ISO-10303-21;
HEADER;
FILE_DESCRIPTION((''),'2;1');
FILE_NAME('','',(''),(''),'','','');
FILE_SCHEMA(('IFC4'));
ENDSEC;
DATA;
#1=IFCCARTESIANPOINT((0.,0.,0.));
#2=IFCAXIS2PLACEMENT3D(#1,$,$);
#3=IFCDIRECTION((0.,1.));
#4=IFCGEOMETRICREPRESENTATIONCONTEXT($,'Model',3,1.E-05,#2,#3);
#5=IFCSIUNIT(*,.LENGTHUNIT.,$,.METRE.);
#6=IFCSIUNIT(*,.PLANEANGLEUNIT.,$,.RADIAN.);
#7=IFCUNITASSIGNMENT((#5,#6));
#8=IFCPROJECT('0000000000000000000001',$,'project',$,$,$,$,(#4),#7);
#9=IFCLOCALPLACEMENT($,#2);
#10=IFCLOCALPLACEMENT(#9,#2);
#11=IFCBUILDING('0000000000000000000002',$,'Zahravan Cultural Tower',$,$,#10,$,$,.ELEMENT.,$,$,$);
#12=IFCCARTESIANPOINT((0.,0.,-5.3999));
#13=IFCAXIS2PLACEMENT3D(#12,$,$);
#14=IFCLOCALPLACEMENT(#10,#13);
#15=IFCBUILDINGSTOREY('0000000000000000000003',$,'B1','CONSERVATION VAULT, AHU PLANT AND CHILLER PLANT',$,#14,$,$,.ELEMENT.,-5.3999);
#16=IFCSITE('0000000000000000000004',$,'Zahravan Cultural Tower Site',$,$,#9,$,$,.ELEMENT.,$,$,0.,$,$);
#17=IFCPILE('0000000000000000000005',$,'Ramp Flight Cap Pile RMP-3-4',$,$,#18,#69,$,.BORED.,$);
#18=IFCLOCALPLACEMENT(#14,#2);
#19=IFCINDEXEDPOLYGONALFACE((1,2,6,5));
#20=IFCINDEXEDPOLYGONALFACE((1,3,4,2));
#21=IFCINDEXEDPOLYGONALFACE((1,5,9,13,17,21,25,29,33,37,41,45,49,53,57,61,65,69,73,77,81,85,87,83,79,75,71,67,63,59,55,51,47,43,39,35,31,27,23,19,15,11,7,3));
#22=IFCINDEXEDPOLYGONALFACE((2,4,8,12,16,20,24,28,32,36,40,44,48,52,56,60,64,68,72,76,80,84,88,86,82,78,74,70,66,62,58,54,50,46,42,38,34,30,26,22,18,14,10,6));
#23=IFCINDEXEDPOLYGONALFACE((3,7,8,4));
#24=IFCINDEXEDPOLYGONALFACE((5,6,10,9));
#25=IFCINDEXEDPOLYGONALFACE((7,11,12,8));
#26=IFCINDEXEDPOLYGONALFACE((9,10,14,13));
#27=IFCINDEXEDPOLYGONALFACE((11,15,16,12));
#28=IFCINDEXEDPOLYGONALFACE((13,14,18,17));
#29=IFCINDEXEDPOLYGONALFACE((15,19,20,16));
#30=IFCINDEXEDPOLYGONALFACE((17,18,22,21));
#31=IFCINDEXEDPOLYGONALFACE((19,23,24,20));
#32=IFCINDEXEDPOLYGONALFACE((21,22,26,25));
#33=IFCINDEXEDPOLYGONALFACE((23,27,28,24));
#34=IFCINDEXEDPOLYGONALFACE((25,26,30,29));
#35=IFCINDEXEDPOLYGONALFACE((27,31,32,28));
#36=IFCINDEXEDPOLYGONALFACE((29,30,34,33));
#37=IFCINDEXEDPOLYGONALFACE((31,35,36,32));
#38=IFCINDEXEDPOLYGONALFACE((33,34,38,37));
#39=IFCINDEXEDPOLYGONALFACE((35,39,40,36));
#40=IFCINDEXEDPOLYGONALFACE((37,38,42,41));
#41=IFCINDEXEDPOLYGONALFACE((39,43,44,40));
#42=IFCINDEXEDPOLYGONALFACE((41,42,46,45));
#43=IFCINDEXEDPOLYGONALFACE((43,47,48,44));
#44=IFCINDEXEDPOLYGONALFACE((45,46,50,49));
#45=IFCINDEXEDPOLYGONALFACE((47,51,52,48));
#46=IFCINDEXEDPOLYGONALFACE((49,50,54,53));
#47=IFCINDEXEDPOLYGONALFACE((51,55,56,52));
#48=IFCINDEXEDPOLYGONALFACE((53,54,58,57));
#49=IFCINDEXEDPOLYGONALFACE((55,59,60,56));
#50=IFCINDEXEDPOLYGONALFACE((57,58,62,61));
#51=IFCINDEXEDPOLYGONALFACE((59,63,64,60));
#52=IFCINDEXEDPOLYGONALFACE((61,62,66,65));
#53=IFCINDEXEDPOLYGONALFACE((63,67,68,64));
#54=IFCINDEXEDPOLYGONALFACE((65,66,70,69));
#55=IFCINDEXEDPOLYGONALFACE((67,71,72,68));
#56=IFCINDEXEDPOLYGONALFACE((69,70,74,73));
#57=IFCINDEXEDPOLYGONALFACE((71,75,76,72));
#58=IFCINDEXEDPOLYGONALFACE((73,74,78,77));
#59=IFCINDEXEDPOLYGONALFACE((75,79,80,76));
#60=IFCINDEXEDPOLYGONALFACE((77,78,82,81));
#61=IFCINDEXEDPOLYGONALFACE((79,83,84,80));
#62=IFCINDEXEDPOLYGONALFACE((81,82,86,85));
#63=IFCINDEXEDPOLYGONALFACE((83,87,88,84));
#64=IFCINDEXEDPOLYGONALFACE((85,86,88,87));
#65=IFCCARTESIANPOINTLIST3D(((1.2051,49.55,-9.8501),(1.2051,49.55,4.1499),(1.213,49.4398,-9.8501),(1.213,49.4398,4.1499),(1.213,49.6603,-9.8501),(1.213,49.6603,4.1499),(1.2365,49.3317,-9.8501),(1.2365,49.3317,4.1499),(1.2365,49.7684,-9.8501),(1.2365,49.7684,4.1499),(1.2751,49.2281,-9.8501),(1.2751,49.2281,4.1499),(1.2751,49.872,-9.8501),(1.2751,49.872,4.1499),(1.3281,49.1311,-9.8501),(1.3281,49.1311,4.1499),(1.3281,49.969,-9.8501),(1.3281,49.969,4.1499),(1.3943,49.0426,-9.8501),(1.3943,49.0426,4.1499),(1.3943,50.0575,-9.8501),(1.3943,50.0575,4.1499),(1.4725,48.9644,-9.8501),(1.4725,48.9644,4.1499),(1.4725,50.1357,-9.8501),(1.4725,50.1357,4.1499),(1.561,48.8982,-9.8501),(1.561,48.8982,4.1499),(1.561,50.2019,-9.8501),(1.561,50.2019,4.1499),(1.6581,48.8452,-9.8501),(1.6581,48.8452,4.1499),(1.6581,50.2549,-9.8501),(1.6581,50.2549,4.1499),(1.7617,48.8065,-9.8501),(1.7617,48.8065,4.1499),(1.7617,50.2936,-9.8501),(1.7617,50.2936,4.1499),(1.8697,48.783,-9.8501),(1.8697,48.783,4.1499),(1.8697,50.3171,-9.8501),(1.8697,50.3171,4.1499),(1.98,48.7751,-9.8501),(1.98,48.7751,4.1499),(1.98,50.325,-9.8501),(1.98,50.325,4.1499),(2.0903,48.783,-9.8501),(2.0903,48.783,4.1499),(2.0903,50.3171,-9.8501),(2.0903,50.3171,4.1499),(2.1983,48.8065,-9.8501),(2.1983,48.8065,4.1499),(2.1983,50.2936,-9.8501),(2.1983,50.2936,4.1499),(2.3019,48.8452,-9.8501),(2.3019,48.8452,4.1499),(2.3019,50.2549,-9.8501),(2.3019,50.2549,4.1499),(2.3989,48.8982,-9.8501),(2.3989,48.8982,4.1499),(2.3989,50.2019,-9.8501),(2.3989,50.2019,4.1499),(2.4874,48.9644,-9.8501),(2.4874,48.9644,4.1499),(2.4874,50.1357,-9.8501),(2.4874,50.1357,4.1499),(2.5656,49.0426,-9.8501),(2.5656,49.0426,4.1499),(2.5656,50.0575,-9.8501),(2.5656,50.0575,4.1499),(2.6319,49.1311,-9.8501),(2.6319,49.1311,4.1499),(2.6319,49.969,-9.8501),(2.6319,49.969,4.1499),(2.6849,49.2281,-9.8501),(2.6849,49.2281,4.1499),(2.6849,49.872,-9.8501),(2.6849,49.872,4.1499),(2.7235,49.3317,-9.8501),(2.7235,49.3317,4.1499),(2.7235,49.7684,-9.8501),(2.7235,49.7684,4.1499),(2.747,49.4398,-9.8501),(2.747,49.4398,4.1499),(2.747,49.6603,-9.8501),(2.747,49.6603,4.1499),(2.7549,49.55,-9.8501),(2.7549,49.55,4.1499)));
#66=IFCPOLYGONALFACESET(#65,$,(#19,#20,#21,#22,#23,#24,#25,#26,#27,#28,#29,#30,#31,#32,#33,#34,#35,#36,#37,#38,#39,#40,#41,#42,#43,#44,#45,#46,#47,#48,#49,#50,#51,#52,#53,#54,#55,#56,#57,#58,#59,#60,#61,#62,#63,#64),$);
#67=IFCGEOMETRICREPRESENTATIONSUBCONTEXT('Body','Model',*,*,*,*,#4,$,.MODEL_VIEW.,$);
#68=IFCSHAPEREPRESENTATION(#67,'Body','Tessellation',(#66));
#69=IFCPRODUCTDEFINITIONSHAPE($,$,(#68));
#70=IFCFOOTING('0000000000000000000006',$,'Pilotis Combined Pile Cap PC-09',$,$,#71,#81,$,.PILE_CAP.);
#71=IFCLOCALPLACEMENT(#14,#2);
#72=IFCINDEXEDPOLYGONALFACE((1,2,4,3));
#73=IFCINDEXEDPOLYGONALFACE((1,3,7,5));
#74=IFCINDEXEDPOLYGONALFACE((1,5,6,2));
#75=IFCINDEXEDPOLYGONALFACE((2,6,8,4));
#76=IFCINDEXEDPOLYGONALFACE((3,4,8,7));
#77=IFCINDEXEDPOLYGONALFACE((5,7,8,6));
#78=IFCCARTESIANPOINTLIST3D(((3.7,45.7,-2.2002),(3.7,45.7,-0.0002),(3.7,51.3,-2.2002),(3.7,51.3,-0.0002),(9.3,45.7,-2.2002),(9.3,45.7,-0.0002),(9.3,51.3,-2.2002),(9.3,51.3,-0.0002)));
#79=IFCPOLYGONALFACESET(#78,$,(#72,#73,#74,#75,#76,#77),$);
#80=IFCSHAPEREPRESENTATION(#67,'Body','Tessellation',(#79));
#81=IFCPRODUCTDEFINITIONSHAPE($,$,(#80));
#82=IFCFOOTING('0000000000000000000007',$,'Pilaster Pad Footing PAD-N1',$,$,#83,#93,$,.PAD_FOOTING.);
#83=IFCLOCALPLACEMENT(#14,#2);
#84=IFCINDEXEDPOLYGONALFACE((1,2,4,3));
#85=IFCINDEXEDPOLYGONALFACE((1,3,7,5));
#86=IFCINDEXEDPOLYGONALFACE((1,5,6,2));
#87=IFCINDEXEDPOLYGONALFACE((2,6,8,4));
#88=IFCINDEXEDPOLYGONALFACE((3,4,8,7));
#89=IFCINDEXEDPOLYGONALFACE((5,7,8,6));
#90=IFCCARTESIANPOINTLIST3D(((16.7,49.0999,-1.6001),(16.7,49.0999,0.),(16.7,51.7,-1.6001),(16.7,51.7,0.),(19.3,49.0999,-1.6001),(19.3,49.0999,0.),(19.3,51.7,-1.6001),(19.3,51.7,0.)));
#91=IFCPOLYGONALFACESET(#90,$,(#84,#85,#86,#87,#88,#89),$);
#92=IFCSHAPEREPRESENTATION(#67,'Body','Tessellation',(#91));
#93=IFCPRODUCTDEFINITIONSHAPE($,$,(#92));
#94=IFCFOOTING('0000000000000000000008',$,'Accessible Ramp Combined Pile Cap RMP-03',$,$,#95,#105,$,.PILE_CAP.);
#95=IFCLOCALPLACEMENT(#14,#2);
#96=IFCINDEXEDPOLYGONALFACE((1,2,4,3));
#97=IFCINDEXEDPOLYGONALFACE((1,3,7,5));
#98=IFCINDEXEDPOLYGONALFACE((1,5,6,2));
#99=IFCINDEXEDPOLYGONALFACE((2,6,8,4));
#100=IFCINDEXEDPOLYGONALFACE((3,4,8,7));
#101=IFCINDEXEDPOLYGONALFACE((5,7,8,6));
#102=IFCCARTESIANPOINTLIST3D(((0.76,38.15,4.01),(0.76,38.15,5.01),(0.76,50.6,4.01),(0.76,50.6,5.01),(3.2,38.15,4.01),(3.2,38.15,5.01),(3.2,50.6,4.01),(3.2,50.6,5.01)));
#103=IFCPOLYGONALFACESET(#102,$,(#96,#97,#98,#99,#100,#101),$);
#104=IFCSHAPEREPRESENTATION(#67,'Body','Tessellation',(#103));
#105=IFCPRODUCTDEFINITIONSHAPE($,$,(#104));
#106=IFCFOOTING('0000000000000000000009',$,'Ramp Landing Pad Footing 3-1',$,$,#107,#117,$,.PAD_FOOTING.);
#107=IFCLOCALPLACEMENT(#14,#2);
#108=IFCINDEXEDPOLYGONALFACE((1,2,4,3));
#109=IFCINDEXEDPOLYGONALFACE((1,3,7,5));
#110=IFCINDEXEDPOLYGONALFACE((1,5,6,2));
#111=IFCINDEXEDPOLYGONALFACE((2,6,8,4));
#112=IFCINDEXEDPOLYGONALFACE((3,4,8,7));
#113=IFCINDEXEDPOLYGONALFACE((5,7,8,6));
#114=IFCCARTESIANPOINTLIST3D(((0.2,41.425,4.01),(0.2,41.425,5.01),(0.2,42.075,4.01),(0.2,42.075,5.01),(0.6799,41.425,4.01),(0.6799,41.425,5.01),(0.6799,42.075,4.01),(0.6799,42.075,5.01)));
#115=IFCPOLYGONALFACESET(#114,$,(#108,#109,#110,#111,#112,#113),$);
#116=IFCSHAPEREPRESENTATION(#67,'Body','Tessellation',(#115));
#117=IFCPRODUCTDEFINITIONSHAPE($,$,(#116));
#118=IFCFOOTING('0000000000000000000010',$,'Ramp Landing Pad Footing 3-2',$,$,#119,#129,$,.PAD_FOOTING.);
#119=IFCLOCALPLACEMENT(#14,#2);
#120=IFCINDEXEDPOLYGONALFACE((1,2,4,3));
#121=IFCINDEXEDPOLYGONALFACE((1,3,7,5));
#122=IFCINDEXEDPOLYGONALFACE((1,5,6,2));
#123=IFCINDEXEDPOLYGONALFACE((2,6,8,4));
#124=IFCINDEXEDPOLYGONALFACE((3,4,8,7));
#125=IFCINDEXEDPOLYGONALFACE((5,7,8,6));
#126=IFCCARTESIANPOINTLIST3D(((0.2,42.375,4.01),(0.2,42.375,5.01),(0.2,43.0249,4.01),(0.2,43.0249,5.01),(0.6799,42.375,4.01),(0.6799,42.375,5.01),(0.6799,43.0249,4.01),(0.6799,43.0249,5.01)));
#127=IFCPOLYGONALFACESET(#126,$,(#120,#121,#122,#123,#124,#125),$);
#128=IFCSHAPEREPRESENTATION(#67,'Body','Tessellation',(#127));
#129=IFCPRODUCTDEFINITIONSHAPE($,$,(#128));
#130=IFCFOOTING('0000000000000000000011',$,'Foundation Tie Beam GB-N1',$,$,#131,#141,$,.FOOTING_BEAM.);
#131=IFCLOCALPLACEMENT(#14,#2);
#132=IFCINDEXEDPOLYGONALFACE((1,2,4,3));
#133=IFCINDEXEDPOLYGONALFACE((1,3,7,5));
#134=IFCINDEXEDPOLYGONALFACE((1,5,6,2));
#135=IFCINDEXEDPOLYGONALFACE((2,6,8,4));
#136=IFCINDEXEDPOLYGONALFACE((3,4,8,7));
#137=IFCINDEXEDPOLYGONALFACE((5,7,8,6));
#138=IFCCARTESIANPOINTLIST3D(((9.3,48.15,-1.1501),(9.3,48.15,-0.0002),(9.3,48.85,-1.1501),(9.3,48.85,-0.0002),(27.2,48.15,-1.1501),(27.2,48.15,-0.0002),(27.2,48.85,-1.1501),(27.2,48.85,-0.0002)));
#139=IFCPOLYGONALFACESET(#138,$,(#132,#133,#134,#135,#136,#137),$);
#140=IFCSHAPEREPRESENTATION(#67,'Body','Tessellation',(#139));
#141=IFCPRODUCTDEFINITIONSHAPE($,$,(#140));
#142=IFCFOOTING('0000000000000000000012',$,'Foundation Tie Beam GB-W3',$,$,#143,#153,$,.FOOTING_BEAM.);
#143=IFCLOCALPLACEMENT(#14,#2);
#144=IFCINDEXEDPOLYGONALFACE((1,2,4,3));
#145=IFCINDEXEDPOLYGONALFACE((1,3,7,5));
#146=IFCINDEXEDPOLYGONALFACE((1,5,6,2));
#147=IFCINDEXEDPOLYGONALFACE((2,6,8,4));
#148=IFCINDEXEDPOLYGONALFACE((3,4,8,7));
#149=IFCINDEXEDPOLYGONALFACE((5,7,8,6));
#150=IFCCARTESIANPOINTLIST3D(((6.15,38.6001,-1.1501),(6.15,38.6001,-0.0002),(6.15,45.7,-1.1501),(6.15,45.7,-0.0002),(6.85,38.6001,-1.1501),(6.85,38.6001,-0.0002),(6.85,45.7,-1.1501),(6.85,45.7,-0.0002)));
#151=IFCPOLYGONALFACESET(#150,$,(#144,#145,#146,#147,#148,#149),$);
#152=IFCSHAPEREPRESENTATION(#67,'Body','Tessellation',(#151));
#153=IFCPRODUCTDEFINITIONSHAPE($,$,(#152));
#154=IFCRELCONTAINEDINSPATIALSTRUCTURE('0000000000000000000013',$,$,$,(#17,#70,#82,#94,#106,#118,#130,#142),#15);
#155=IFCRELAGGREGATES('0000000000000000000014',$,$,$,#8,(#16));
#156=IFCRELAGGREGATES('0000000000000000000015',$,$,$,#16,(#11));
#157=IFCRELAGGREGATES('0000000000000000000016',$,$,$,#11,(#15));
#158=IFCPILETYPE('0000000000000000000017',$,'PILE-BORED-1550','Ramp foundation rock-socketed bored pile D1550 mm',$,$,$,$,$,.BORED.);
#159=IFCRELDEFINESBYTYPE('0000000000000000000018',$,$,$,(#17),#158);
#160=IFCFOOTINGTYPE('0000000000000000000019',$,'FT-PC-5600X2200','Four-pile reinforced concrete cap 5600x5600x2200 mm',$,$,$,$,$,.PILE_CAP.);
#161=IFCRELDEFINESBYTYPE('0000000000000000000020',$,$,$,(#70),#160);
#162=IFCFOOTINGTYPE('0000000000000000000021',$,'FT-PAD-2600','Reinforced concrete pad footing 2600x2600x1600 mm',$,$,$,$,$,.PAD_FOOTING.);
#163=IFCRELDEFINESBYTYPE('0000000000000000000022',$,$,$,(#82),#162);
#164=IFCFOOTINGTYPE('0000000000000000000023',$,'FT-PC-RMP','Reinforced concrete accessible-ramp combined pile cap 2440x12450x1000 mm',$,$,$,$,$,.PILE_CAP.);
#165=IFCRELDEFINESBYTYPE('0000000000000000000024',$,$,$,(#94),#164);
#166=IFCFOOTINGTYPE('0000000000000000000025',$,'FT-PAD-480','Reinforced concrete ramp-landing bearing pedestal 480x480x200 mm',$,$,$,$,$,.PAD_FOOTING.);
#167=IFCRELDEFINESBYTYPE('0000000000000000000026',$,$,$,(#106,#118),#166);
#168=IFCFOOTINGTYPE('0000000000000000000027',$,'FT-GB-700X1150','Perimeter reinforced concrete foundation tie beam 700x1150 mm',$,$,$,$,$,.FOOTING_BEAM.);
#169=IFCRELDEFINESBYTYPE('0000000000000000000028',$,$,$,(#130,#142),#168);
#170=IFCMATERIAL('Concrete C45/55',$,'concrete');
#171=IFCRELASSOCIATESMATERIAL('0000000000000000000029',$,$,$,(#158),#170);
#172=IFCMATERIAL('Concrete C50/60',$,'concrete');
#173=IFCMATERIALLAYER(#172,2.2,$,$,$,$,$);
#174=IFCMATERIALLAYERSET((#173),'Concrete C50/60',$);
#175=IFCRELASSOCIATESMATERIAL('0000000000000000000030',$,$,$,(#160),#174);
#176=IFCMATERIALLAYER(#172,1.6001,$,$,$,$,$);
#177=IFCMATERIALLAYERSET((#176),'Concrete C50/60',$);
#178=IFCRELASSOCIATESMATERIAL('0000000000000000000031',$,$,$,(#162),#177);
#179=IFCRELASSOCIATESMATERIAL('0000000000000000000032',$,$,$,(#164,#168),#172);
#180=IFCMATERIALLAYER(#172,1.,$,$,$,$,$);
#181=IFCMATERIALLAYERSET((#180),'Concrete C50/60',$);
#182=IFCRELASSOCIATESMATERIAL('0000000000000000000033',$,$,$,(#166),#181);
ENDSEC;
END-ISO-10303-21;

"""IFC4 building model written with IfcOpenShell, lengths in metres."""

from ifc_helpers import new_model, si_unit, direction, frame, origin, origin_2d, place, context, subcontext, project, spatial, rectangle, circle, extrude, source, transform, mapped, material, layer, layer_set, material_profile, profile_set, type_object, element, save


model = new_model("IFC4")

# Units and contexts
model_context = context("Model", 3, precision=1e-05, world=origin(), true_north=direction((0.0, 1.0)))
body_context = subcontext(model_context, "Body", "Model", "MODEL_VIEW")
ifc_project = project(units=[si_unit("LENGTHUNIT", "METRE"), si_unit("PLANEANGLEUNIT", "RADIAN")], contexts=[model_context])

# Site, building, storey
site_placement = place(None, origin())
site = spatial("IfcSite", under=ifc_project, at=site_placement, Name="Zahravan Cultural Tower Site", CompositionType="ELEMENT", RefElevation=0.0)
building_placement = place(site_placement, origin())
building = spatial("IfcBuilding", under=site, at=building_placement, Name="Zahravan Cultural Tower", CompositionType="ELEMENT")
storey_placement = place(building_placement, frame((0.0, 0.0, -5.3999)))
storey = spatial("IfcBuildingStorey", under=building, at=storey_placement, Name="B1", Description="CONSERVATION VAULT, AHU PLANT AND CHILLER PLANT", CompositionType="ELEMENT", Elevation=-5.3999)

# Pile
ifc_material_1 = material(Name="Concrete C45/55", Category="concrete")
ifc_material_profile_1 = material_profile(ifc_material_1, circle(Radius=0.7749, at=origin_2d()), Name="PILE-D1550")
ifc_profile_set_1 = profile_set([ifc_material_profile_1], Name="Concrete C45/55")
pile_type_1 = type_object("IfcPileType", Name="PILE-BORED-1550", Description="Ramp foundation rock-socketed bored pile D1550 mm", PredefinedType="BORED", material=ifc_profile_set_1)
pile_placement = place(storey_placement, frame((1.98, 49.55, 4.1499), z_axis=(0.0, 0.0, -1.0), x_axis=(1.0, 0.0, 0.0)))
element("IfcPile", 1, at=pile_placement, inside=storey, type_object=pile_type_1, Name="Ramp Flight Cap Pile RMP-3-4", PredefinedType="BORED", context=body_context, shape_type="SweptSolid", body=[
    extrude(circle(Radius=0.7749, at=origin_2d()), origin(), (0.0, 0.0, 1.0), 14.0),
])

# Footings
ifc_material_2 = material(Name="Concrete C50/60", Category="concrete")
ifc_layer_1 = layer(ifc_material_2, 2.2)
ifc_layer_set_1 = layer_set([ifc_layer_1], Name="Concrete C50/60")
footing_type_1 = type_object("IfcFootingType", Name="FT-PC-5600X2200", Description="Four-pile reinforced concrete cap 5600x5600x2200 mm", PredefinedType="PILE_CAP", material=ifc_layer_set_1)
shared_shape_1 = source(origin(), body_context, "Body", "SweptSolid", [
    extrude(rectangle(XDim=5.6001, YDim=5.6001, at=origin_2d()), origin(), (0.0, 0.0, 1.0), 2.2),
])
footing_1_placement = place(storey_placement, frame((6.5, 48.5, -2.2002), z_axis=(0.0, 0.0, 1.0), x_axis=(1.0, 0.0, 0.0)))
element("IfcFooting", 2, at=footing_1_placement, inside=storey, type_object=footing_type_1, Name="Pilotis Combined Pile Cap PC-09", PredefinedType="PILE_CAP", context=body_context, shape_type="MappedRepresentation", body=[
    mapped(shared_shape_1, transform((0.0, 0.0, 0.0), x_axis=(1.0, 0.0, 0.0), y_axis=(0.0, 1.0, 0.0), z_axis=(0.0, 0.0, 1.0), scale=1.0)),
])
ifc_layer_2 = layer(ifc_material_2, 1.6001)
ifc_layer_set_2 = layer_set([ifc_layer_2], Name="Concrete C50/60")
footing_type_2 = type_object("IfcFootingType", Name="FT-PAD-2600", Description="Reinforced concrete pad footing 2600x2600x1600 mm", PredefinedType="PAD_FOOTING", material=ifc_layer_set_2)
shared_shape_2 = source(origin(), body_context, "Body", "SweptSolid", [
    extrude(rectangle(XDim=2.6001, YDim=2.6001, at=origin_2d()), origin(), (0.0, 0.0, 1.0), 1.6001),
])
footing_2_placement = place(storey_placement, frame((18.0, 50.3999, -1.6001), z_axis=(0.0, 0.0, 1.0), x_axis=(1.0, 0.0, 0.0)))
element("IfcFooting", 3, at=footing_2_placement, inside=storey, type_object=footing_type_2, Name="Pilaster Pad Footing PAD-N1", PredefinedType="PAD_FOOTING", context=body_context, shape_type="MappedRepresentation", body=[
    mapped(shared_shape_2, transform((0.0, 0.0, 0.0), x_axis=(1.0, 0.0, 0.0), y_axis=(0.0, 1.0, 0.0), z_axis=(0.0, 0.0, 1.0), scale=1.0)),
])
footing_type_3 = type_object("IfcFootingType", Name="FT-PC-RMP", Description="Reinforced concrete accessible-ramp combined pile cap 2440x12450x1000 mm", PredefinedType="PILE_CAP", material=ifc_material_2)
shared_shape_3 = source(origin(), body_context, "Body", "SweptSolid", [
    extrude(rectangle(XDim=2.4399, YDim=12.45, at=origin_2d()), origin(), (0.0, 0.0, 1.0), 1.0),
])
footing_3_placement = place(storey_placement, frame((1.98, 44.375, 4.01), z_axis=(0.0, 0.0, 1.0), x_axis=(1.0, 0.0, 0.0)))
element("IfcFooting", 4, at=footing_3_placement, inside=storey, type_object=footing_type_3, Name="Accessible Ramp Combined Pile Cap RMP-03", PredefinedType="PILE_CAP", context=body_context, shape_type="MappedRepresentation", body=[
    mapped(shared_shape_3, transform((0.0, 0.0, 0.0), x_axis=(1.0, 0.0, 0.0), y_axis=(0.0, 1.0, 0.0), z_axis=(0.0, 0.0, 1.0), scale=1.0)),
])
ifc_layer_3 = layer(ifc_material_2, 1.0)
ifc_layer_set_3 = layer_set([ifc_layer_3], Name="Concrete C50/60")
footing_type_4 = type_object("IfcFootingType", Name="FT-PAD-480", Description="Reinforced concrete ramp-landing bearing pedestal 480x480x200 mm", PredefinedType="PAD_FOOTING", material=ifc_layer_set_3)
shared_shape_4 = source(origin(), body_context, "Body", "SweptSolid", [
    extrude(rectangle(XDim=0.48, YDim=0.6499, at=origin_2d()), origin(), (0.0, 0.0, 1.0), 1.0),
])
for number, where, z_axis, x_axis, name in (
    (5, (0.4399, 41.75, 4.01), (0.0, 0.0, 1.0), (1.0, 0.0, 0.0), "Ramp Landing Pad Footing 3-1"),
    (6, (0.4399, 42.7, 4.01), (0.0, 0.0, 1.0), (1.0, 0.0, 0.0), "Ramp Landing Pad Footing 3-2"),
):
    element("IfcFooting", number, at=place(storey_placement, frame(where, z_axis=z_axis, x_axis=x_axis)), inside=storey, type_object=footing_type_4, Name=name, PredefinedType="PAD_FOOTING", context=body_context, shape_type="MappedRepresentation", body=[
        mapped(shared_shape_4, transform((0.0, 0.0, 0.0), x_axis=(1.0, 0.0, 0.0), y_axis=(0.0, 1.0, 0.0), z_axis=(0.0, 0.0, 1.0), scale=1.0)),
    ])
ifc_material_profile_2 = material_profile(ifc_material_2, rectangle(XDim=0.7, YDim=1.1499, at=origin_2d()), Name="RC700X1150")
ifc_profile_set_2 = profile_set([ifc_material_profile_2], Name="Concrete C50/60")
footing_type_5 = type_object("IfcFootingType", Name="FT-GB-700X1150", Description="Perimeter reinforced concrete foundation tie beam 700x1150 mm", PredefinedType="FOOTING_BEAM", material=ifc_profile_set_2)
shared_shape_5 = source(origin(), body_context, "Body", "SweptSolid", [
    extrude(rectangle(XDim=0.7, YDim=1.1499, at=origin_2d()), origin(), (0.0, 0.0, 1.0), 17.8999),
])
footing_4_placement = place(storey_placement, frame((9.3, 48.5, -0.5752), z_axis=(1.0, 0.0, 0.0), x_axis=(0.0, 1.0, 0.0)))
element("IfcFooting", 7, at=footing_4_placement, inside=storey, type_object=footing_type_5, Name="Foundation Tie Beam GB-N1", PredefinedType="FOOTING_BEAM", context=body_context, shape_type="MappedRepresentation", body=[
    mapped(shared_shape_5, transform((0.0, 0.0, 0.0), x_axis=(1.0, 0.0, 0.0), y_axis=(0.0, 1.0, 0.0), z_axis=(0.0, 0.0, 1.0), scale=1.0)),
])
shared_shape_6 = source(origin(), body_context, "Body", "SweptSolid", [
    extrude(rectangle(XDim=0.7, YDim=1.1499, at=origin_2d()), origin(), (0.0, 0.0, 1.0), 7.0999),
])
footing_5_placement = place(storey_placement, frame((6.5, 38.6001, -0.5752), z_axis=(0.0, 1.0, 0.0), x_axis=(-1.0, 0.0, 0.0)))
element("IfcFooting", 8, at=footing_5_placement, inside=storey, type_object=footing_type_5, Name="Foundation Tie Beam GB-W3", PredefinedType="FOOTING_BEAM", context=body_context, shape_type="MappedRepresentation", body=[
    mapped(shared_shape_6, transform((0.0, 0.0, 0.0), x_axis=(1.0, 0.0, 0.0), y_axis=(0.0, 1.0, 0.0), z_axis=(0.0, 0.0, 1.0), scale=1.0)),
])

save(model, "model.ifc")
